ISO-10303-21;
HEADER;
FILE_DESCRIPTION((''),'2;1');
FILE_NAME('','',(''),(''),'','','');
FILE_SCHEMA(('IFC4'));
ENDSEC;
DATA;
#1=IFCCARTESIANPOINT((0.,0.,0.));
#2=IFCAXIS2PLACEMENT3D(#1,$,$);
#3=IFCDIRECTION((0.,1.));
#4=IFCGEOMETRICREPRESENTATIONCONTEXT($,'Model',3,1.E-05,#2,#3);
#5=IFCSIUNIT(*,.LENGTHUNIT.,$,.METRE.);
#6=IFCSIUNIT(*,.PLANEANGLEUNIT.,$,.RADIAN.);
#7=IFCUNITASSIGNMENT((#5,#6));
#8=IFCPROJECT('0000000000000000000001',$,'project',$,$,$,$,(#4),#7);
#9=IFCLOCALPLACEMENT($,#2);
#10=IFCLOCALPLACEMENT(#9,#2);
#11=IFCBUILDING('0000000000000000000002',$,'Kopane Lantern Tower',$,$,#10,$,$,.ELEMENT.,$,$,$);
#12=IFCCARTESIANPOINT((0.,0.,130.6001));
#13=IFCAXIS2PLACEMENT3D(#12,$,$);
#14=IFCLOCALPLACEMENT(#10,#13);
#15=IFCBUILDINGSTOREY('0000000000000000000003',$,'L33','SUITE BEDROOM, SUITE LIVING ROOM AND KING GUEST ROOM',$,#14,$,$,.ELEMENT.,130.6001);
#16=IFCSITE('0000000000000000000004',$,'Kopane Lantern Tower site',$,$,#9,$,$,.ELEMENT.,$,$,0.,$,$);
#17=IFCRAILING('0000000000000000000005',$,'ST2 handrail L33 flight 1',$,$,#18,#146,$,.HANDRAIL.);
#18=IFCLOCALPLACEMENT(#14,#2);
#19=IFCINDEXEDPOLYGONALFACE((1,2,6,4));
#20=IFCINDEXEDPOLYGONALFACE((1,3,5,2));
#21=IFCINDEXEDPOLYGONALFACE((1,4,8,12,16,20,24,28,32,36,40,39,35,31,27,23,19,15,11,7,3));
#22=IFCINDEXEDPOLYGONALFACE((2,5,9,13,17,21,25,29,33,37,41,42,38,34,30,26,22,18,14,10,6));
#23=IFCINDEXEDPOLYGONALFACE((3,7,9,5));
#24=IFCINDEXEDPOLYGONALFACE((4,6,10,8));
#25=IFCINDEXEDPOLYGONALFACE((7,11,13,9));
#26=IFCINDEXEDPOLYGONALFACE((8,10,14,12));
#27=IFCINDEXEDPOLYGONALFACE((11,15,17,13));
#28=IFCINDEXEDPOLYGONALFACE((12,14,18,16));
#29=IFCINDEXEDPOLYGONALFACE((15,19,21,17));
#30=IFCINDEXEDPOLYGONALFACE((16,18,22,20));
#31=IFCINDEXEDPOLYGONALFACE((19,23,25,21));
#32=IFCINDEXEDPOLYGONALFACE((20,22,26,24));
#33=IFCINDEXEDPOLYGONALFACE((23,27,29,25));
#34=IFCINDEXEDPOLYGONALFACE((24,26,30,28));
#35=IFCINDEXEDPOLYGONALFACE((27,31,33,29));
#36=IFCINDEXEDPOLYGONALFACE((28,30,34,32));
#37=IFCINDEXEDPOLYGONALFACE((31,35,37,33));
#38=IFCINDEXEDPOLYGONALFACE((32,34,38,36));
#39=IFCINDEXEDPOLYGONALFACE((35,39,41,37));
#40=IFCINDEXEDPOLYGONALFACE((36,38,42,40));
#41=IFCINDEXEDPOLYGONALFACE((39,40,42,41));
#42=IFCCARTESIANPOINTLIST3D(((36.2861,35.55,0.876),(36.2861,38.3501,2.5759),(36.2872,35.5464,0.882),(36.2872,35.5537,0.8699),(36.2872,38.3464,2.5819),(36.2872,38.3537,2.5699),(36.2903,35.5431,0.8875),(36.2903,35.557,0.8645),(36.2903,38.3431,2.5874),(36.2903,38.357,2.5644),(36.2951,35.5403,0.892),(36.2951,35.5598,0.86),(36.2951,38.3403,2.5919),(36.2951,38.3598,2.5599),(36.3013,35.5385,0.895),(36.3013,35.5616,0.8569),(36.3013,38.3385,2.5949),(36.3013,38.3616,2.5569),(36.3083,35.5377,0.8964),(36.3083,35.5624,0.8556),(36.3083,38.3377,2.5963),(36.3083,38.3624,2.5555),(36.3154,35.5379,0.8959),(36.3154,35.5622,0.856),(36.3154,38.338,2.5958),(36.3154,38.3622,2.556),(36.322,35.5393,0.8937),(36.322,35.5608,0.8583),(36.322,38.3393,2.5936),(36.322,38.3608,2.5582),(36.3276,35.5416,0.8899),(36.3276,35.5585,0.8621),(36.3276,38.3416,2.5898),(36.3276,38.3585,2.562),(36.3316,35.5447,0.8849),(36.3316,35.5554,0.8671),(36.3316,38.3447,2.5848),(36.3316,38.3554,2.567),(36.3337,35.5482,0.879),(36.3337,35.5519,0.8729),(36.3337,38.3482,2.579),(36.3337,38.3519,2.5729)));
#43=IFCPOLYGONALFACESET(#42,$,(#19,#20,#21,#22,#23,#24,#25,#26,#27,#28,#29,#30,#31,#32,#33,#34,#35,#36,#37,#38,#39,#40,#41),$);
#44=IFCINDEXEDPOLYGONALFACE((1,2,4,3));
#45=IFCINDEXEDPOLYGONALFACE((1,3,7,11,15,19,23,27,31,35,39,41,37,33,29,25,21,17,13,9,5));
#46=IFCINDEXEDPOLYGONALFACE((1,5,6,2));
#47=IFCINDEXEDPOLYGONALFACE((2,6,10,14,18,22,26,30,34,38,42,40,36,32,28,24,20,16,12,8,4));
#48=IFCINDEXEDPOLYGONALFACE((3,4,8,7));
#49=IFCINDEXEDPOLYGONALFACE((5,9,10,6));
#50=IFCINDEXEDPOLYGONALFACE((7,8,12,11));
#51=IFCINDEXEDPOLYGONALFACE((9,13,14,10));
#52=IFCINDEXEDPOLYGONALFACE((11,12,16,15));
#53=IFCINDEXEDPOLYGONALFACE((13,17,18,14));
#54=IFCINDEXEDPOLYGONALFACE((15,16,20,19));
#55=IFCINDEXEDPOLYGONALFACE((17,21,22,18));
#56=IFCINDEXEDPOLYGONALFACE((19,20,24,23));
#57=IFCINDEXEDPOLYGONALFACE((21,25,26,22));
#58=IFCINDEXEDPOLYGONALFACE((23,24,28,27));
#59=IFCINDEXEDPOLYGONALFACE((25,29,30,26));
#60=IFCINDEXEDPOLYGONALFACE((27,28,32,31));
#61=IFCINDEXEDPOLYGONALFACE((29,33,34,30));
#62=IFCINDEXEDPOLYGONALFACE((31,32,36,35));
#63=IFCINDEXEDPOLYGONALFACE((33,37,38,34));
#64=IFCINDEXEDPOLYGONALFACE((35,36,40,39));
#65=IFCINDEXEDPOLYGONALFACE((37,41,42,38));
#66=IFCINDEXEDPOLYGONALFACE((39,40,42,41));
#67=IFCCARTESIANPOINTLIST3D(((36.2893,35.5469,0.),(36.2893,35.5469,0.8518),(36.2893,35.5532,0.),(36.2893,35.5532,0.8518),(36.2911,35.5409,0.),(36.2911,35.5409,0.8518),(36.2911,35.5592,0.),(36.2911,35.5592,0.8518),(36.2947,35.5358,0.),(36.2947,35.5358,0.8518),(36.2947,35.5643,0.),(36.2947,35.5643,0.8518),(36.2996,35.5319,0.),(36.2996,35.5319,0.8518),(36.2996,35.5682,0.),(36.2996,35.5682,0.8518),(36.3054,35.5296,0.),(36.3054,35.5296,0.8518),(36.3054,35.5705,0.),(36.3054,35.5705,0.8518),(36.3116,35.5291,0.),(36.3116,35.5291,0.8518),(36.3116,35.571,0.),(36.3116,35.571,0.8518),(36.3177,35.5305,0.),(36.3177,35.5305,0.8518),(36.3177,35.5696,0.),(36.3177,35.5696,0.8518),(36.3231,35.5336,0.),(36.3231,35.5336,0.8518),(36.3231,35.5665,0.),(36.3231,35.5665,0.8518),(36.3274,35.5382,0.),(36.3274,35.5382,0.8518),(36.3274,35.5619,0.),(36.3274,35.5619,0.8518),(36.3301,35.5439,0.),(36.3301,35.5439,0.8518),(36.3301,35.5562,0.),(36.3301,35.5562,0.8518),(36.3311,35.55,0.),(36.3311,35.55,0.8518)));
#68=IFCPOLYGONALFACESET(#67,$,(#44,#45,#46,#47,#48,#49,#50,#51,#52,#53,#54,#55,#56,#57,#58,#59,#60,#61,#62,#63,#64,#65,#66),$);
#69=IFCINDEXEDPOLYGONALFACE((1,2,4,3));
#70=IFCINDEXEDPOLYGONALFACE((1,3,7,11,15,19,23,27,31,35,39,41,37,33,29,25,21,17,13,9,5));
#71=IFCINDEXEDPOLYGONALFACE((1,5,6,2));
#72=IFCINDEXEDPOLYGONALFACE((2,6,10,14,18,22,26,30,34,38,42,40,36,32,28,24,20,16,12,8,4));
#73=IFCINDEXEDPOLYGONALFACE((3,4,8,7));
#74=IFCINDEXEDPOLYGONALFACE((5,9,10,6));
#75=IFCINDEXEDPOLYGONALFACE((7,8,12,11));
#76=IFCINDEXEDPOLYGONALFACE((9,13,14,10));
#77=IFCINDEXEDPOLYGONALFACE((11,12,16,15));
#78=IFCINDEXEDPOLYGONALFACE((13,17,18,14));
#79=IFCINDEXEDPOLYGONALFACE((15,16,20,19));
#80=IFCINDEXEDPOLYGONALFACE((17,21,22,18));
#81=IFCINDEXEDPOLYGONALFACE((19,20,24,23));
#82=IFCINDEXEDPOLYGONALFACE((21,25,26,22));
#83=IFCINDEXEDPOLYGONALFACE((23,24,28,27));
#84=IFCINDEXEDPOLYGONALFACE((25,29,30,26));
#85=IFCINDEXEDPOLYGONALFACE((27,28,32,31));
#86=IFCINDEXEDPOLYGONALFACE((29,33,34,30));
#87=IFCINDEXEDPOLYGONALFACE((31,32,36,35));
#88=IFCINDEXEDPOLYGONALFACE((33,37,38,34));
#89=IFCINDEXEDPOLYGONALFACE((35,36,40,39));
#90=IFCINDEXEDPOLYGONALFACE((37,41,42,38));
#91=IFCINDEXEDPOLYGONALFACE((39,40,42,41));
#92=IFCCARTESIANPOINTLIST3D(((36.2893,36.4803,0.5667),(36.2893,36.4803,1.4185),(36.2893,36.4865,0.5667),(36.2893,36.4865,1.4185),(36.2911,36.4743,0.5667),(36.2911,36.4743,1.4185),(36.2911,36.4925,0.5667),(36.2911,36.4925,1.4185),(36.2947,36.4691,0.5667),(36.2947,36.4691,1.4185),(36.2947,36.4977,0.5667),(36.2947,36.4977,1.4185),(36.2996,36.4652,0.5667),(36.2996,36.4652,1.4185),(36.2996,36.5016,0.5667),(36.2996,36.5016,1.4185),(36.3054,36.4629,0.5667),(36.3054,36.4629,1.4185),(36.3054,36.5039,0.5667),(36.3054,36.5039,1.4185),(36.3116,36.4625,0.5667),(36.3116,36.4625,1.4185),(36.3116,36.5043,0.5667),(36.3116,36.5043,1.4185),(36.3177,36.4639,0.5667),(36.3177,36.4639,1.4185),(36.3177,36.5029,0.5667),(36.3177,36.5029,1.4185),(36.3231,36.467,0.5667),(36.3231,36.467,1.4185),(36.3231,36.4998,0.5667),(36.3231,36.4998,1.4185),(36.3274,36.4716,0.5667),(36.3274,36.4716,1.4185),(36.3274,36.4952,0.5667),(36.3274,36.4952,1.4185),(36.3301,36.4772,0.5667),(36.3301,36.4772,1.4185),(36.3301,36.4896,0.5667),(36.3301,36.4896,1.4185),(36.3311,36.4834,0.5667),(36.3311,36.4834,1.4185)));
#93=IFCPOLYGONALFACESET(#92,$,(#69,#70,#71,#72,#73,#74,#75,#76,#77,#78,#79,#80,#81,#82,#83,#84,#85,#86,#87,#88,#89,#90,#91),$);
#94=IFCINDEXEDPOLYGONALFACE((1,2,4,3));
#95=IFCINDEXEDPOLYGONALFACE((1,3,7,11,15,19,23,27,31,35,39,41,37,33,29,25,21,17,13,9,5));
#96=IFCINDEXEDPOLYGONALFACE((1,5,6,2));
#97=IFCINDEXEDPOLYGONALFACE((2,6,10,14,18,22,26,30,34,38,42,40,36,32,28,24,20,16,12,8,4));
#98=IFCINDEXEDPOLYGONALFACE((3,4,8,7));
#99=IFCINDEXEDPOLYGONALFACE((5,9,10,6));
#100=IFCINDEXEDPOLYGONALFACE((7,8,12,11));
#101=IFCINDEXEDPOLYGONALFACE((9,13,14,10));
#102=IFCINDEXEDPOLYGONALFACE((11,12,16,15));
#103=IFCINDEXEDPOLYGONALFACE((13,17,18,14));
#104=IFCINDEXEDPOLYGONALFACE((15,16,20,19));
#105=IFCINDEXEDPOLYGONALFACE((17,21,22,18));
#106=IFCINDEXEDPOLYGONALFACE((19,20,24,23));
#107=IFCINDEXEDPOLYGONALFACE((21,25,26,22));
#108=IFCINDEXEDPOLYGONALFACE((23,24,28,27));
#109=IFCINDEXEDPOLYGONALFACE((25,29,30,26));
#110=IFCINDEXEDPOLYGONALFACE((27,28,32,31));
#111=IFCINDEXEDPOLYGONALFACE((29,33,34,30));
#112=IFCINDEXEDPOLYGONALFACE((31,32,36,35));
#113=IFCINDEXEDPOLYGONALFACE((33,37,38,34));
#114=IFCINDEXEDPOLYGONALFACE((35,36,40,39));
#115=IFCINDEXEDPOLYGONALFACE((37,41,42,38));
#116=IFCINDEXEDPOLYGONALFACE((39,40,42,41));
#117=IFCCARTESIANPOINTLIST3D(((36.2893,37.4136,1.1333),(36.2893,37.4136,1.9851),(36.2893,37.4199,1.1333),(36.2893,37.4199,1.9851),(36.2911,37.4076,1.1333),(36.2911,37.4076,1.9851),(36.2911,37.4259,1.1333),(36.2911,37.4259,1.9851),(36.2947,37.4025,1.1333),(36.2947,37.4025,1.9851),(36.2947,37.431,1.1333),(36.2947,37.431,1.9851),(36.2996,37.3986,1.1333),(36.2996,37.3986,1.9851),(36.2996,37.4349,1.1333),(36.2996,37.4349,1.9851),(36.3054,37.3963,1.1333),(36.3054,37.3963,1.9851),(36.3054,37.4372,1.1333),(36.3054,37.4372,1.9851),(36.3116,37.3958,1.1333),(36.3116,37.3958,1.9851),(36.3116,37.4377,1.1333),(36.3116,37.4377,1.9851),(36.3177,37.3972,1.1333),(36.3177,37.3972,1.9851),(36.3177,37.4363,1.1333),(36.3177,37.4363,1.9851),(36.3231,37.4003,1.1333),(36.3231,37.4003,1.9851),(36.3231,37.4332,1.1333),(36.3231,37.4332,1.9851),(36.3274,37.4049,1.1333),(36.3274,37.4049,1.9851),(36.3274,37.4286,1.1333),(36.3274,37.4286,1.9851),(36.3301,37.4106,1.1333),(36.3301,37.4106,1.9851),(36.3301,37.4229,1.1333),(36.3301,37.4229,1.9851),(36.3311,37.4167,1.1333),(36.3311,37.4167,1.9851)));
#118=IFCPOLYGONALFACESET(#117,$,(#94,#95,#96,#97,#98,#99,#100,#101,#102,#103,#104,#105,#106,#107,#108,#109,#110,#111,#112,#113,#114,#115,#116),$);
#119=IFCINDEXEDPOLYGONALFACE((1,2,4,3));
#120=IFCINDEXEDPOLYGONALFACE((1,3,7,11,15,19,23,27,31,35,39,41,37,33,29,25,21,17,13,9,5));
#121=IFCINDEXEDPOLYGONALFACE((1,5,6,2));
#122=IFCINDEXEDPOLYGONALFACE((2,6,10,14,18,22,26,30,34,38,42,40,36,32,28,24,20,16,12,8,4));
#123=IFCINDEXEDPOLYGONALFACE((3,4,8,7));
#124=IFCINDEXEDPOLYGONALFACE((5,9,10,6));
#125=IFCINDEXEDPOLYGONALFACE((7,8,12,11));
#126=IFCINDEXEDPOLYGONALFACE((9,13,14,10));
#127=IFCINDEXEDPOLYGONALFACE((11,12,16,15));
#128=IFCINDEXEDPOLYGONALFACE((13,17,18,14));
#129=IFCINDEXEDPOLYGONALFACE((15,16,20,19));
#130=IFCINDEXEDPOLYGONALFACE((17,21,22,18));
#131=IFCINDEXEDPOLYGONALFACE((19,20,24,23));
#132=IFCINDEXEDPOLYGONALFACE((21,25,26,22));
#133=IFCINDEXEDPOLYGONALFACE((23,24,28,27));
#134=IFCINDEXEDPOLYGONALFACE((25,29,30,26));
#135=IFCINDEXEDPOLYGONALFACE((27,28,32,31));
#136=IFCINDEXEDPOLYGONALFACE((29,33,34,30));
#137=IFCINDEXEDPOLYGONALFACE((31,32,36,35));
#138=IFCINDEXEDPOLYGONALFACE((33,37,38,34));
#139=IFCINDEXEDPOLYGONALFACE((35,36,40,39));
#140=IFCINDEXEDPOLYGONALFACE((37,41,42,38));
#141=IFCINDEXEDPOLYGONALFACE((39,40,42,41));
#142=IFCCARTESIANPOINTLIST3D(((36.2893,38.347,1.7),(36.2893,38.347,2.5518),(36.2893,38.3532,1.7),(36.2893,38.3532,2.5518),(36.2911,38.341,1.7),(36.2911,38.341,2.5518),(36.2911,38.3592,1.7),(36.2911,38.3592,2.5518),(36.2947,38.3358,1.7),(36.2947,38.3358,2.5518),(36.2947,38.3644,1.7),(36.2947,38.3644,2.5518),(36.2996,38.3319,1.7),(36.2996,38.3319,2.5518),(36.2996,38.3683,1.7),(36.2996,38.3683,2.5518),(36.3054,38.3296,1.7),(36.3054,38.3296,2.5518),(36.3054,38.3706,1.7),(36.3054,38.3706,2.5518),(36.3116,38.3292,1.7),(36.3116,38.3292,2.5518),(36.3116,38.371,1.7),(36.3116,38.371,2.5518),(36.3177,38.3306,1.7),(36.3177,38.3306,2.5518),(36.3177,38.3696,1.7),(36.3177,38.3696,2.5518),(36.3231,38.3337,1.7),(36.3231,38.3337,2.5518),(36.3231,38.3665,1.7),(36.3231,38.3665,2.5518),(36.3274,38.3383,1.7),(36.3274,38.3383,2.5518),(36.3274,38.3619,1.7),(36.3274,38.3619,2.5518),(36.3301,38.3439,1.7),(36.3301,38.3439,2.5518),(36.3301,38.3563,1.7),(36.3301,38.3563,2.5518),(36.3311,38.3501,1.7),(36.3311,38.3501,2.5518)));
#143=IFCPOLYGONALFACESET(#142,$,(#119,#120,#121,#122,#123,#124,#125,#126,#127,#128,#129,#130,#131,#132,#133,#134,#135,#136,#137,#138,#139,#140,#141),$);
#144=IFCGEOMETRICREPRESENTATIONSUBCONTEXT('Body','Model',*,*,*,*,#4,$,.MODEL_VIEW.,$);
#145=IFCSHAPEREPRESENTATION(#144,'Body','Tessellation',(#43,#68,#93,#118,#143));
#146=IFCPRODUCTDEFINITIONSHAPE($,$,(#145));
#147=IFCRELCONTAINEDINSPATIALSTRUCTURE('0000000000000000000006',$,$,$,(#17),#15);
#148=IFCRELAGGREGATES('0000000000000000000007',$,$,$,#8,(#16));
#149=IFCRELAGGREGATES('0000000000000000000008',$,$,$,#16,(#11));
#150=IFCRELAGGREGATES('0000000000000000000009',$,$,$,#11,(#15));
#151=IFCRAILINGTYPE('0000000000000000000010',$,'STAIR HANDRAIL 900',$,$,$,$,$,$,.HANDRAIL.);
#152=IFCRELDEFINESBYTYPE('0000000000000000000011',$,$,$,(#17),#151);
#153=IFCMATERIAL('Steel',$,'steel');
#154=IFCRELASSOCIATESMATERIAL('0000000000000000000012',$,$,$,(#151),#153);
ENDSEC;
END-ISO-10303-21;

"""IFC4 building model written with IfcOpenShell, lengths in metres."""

from ifc_helpers import new_model, si_unit, direction, frame, origin, origin_2d, place, context, subcontext, project, spatial, circle, extrude, material, type_object, element, save


model = new_model("IFC4")

# Units and contexts
model_context = context("Model", 3, precision=1e-05, world=origin(), true_north=direction((0.0, 1.0)))
body_context = subcontext(model_context, "Body", "Model", "MODEL_VIEW")
ifc_project = project(units=[si_unit("LENGTHUNIT", "METRE"), si_unit("PLANEANGLEUNIT", "RADIAN")], contexts=[model_context])

# Site, building, storey
site_placement = place(None, origin())
site = spatial("IfcSite", under=ifc_project, at=site_placement, Name="Kopane Lantern Tower site", CompositionType="ELEMENT", RefElevation=0.0)
building_placement = place(site_placement, origin())
building = spatial("IfcBuilding", under=site, at=building_placement, Name="Kopane Lantern Tower", CompositionType="ELEMENT")
storey_placement = place(building_placement, frame((0.0, 0.0, 130.6001)))
storey = spatial("IfcBuildingStorey", under=building, at=storey_placement, Name="L33", Description="SUITE BEDROOM, SUITE LIVING ROOM AND KING GUEST ROOM", CompositionType="ELEMENT", Elevation=130.6001)

# Railing
ifc_material_1 = material(Name="Steel", Category="steel")
railing_type_1 = type_object("IfcRailingType", Name="STAIR HANDRAIL 900", PredefinedType="HANDRAIL", material=ifc_material_1)
for number, where, name in (
    (1, (36.3101, 35.55, 0.0), "ST2 handrail L33 flight 1"),
):
    element("IfcRailing", number, at=place(storey_placement, frame(where)), inside=storey, type_object=railing_type_1, Name=name, PredefinedType="HANDRAIL", context=body_context, shape_type="SweptSolid", body=[
        extrude(circle(Radius=0.0239, at=origin_2d()), frame((0.0, 0.0, 0.876), z_axis=(0.0, 0.854798, 0.518961), x_axis=(-1.0, 0.0, 0.0)), (0.0, 0.0, 1.0), 3.2756),
        extrude(circle(Radius=0.021, at=origin_2d()), origin(), (0.0, 0.0, 1.0), 0.8518),
        extrude(circle(Radius=0.021, at=origin_2d()), frame((0.0, 0.9333, 0.5667)), (0.0, 0.0, 1.0), 0.8518),
        extrude(circle(Radius=0.021, at=origin_2d()), frame((0.0, 1.8667, 1.1333)), (0.0, 0.0, 1.0), 0.8518),
        extrude(circle(Radius=0.021, at=origin_2d()), frame((0.0, 2.8, 1.7)), (0.0, 0.0, 1.0), 0.8518),
    ])

save(model, "model.ifc")
